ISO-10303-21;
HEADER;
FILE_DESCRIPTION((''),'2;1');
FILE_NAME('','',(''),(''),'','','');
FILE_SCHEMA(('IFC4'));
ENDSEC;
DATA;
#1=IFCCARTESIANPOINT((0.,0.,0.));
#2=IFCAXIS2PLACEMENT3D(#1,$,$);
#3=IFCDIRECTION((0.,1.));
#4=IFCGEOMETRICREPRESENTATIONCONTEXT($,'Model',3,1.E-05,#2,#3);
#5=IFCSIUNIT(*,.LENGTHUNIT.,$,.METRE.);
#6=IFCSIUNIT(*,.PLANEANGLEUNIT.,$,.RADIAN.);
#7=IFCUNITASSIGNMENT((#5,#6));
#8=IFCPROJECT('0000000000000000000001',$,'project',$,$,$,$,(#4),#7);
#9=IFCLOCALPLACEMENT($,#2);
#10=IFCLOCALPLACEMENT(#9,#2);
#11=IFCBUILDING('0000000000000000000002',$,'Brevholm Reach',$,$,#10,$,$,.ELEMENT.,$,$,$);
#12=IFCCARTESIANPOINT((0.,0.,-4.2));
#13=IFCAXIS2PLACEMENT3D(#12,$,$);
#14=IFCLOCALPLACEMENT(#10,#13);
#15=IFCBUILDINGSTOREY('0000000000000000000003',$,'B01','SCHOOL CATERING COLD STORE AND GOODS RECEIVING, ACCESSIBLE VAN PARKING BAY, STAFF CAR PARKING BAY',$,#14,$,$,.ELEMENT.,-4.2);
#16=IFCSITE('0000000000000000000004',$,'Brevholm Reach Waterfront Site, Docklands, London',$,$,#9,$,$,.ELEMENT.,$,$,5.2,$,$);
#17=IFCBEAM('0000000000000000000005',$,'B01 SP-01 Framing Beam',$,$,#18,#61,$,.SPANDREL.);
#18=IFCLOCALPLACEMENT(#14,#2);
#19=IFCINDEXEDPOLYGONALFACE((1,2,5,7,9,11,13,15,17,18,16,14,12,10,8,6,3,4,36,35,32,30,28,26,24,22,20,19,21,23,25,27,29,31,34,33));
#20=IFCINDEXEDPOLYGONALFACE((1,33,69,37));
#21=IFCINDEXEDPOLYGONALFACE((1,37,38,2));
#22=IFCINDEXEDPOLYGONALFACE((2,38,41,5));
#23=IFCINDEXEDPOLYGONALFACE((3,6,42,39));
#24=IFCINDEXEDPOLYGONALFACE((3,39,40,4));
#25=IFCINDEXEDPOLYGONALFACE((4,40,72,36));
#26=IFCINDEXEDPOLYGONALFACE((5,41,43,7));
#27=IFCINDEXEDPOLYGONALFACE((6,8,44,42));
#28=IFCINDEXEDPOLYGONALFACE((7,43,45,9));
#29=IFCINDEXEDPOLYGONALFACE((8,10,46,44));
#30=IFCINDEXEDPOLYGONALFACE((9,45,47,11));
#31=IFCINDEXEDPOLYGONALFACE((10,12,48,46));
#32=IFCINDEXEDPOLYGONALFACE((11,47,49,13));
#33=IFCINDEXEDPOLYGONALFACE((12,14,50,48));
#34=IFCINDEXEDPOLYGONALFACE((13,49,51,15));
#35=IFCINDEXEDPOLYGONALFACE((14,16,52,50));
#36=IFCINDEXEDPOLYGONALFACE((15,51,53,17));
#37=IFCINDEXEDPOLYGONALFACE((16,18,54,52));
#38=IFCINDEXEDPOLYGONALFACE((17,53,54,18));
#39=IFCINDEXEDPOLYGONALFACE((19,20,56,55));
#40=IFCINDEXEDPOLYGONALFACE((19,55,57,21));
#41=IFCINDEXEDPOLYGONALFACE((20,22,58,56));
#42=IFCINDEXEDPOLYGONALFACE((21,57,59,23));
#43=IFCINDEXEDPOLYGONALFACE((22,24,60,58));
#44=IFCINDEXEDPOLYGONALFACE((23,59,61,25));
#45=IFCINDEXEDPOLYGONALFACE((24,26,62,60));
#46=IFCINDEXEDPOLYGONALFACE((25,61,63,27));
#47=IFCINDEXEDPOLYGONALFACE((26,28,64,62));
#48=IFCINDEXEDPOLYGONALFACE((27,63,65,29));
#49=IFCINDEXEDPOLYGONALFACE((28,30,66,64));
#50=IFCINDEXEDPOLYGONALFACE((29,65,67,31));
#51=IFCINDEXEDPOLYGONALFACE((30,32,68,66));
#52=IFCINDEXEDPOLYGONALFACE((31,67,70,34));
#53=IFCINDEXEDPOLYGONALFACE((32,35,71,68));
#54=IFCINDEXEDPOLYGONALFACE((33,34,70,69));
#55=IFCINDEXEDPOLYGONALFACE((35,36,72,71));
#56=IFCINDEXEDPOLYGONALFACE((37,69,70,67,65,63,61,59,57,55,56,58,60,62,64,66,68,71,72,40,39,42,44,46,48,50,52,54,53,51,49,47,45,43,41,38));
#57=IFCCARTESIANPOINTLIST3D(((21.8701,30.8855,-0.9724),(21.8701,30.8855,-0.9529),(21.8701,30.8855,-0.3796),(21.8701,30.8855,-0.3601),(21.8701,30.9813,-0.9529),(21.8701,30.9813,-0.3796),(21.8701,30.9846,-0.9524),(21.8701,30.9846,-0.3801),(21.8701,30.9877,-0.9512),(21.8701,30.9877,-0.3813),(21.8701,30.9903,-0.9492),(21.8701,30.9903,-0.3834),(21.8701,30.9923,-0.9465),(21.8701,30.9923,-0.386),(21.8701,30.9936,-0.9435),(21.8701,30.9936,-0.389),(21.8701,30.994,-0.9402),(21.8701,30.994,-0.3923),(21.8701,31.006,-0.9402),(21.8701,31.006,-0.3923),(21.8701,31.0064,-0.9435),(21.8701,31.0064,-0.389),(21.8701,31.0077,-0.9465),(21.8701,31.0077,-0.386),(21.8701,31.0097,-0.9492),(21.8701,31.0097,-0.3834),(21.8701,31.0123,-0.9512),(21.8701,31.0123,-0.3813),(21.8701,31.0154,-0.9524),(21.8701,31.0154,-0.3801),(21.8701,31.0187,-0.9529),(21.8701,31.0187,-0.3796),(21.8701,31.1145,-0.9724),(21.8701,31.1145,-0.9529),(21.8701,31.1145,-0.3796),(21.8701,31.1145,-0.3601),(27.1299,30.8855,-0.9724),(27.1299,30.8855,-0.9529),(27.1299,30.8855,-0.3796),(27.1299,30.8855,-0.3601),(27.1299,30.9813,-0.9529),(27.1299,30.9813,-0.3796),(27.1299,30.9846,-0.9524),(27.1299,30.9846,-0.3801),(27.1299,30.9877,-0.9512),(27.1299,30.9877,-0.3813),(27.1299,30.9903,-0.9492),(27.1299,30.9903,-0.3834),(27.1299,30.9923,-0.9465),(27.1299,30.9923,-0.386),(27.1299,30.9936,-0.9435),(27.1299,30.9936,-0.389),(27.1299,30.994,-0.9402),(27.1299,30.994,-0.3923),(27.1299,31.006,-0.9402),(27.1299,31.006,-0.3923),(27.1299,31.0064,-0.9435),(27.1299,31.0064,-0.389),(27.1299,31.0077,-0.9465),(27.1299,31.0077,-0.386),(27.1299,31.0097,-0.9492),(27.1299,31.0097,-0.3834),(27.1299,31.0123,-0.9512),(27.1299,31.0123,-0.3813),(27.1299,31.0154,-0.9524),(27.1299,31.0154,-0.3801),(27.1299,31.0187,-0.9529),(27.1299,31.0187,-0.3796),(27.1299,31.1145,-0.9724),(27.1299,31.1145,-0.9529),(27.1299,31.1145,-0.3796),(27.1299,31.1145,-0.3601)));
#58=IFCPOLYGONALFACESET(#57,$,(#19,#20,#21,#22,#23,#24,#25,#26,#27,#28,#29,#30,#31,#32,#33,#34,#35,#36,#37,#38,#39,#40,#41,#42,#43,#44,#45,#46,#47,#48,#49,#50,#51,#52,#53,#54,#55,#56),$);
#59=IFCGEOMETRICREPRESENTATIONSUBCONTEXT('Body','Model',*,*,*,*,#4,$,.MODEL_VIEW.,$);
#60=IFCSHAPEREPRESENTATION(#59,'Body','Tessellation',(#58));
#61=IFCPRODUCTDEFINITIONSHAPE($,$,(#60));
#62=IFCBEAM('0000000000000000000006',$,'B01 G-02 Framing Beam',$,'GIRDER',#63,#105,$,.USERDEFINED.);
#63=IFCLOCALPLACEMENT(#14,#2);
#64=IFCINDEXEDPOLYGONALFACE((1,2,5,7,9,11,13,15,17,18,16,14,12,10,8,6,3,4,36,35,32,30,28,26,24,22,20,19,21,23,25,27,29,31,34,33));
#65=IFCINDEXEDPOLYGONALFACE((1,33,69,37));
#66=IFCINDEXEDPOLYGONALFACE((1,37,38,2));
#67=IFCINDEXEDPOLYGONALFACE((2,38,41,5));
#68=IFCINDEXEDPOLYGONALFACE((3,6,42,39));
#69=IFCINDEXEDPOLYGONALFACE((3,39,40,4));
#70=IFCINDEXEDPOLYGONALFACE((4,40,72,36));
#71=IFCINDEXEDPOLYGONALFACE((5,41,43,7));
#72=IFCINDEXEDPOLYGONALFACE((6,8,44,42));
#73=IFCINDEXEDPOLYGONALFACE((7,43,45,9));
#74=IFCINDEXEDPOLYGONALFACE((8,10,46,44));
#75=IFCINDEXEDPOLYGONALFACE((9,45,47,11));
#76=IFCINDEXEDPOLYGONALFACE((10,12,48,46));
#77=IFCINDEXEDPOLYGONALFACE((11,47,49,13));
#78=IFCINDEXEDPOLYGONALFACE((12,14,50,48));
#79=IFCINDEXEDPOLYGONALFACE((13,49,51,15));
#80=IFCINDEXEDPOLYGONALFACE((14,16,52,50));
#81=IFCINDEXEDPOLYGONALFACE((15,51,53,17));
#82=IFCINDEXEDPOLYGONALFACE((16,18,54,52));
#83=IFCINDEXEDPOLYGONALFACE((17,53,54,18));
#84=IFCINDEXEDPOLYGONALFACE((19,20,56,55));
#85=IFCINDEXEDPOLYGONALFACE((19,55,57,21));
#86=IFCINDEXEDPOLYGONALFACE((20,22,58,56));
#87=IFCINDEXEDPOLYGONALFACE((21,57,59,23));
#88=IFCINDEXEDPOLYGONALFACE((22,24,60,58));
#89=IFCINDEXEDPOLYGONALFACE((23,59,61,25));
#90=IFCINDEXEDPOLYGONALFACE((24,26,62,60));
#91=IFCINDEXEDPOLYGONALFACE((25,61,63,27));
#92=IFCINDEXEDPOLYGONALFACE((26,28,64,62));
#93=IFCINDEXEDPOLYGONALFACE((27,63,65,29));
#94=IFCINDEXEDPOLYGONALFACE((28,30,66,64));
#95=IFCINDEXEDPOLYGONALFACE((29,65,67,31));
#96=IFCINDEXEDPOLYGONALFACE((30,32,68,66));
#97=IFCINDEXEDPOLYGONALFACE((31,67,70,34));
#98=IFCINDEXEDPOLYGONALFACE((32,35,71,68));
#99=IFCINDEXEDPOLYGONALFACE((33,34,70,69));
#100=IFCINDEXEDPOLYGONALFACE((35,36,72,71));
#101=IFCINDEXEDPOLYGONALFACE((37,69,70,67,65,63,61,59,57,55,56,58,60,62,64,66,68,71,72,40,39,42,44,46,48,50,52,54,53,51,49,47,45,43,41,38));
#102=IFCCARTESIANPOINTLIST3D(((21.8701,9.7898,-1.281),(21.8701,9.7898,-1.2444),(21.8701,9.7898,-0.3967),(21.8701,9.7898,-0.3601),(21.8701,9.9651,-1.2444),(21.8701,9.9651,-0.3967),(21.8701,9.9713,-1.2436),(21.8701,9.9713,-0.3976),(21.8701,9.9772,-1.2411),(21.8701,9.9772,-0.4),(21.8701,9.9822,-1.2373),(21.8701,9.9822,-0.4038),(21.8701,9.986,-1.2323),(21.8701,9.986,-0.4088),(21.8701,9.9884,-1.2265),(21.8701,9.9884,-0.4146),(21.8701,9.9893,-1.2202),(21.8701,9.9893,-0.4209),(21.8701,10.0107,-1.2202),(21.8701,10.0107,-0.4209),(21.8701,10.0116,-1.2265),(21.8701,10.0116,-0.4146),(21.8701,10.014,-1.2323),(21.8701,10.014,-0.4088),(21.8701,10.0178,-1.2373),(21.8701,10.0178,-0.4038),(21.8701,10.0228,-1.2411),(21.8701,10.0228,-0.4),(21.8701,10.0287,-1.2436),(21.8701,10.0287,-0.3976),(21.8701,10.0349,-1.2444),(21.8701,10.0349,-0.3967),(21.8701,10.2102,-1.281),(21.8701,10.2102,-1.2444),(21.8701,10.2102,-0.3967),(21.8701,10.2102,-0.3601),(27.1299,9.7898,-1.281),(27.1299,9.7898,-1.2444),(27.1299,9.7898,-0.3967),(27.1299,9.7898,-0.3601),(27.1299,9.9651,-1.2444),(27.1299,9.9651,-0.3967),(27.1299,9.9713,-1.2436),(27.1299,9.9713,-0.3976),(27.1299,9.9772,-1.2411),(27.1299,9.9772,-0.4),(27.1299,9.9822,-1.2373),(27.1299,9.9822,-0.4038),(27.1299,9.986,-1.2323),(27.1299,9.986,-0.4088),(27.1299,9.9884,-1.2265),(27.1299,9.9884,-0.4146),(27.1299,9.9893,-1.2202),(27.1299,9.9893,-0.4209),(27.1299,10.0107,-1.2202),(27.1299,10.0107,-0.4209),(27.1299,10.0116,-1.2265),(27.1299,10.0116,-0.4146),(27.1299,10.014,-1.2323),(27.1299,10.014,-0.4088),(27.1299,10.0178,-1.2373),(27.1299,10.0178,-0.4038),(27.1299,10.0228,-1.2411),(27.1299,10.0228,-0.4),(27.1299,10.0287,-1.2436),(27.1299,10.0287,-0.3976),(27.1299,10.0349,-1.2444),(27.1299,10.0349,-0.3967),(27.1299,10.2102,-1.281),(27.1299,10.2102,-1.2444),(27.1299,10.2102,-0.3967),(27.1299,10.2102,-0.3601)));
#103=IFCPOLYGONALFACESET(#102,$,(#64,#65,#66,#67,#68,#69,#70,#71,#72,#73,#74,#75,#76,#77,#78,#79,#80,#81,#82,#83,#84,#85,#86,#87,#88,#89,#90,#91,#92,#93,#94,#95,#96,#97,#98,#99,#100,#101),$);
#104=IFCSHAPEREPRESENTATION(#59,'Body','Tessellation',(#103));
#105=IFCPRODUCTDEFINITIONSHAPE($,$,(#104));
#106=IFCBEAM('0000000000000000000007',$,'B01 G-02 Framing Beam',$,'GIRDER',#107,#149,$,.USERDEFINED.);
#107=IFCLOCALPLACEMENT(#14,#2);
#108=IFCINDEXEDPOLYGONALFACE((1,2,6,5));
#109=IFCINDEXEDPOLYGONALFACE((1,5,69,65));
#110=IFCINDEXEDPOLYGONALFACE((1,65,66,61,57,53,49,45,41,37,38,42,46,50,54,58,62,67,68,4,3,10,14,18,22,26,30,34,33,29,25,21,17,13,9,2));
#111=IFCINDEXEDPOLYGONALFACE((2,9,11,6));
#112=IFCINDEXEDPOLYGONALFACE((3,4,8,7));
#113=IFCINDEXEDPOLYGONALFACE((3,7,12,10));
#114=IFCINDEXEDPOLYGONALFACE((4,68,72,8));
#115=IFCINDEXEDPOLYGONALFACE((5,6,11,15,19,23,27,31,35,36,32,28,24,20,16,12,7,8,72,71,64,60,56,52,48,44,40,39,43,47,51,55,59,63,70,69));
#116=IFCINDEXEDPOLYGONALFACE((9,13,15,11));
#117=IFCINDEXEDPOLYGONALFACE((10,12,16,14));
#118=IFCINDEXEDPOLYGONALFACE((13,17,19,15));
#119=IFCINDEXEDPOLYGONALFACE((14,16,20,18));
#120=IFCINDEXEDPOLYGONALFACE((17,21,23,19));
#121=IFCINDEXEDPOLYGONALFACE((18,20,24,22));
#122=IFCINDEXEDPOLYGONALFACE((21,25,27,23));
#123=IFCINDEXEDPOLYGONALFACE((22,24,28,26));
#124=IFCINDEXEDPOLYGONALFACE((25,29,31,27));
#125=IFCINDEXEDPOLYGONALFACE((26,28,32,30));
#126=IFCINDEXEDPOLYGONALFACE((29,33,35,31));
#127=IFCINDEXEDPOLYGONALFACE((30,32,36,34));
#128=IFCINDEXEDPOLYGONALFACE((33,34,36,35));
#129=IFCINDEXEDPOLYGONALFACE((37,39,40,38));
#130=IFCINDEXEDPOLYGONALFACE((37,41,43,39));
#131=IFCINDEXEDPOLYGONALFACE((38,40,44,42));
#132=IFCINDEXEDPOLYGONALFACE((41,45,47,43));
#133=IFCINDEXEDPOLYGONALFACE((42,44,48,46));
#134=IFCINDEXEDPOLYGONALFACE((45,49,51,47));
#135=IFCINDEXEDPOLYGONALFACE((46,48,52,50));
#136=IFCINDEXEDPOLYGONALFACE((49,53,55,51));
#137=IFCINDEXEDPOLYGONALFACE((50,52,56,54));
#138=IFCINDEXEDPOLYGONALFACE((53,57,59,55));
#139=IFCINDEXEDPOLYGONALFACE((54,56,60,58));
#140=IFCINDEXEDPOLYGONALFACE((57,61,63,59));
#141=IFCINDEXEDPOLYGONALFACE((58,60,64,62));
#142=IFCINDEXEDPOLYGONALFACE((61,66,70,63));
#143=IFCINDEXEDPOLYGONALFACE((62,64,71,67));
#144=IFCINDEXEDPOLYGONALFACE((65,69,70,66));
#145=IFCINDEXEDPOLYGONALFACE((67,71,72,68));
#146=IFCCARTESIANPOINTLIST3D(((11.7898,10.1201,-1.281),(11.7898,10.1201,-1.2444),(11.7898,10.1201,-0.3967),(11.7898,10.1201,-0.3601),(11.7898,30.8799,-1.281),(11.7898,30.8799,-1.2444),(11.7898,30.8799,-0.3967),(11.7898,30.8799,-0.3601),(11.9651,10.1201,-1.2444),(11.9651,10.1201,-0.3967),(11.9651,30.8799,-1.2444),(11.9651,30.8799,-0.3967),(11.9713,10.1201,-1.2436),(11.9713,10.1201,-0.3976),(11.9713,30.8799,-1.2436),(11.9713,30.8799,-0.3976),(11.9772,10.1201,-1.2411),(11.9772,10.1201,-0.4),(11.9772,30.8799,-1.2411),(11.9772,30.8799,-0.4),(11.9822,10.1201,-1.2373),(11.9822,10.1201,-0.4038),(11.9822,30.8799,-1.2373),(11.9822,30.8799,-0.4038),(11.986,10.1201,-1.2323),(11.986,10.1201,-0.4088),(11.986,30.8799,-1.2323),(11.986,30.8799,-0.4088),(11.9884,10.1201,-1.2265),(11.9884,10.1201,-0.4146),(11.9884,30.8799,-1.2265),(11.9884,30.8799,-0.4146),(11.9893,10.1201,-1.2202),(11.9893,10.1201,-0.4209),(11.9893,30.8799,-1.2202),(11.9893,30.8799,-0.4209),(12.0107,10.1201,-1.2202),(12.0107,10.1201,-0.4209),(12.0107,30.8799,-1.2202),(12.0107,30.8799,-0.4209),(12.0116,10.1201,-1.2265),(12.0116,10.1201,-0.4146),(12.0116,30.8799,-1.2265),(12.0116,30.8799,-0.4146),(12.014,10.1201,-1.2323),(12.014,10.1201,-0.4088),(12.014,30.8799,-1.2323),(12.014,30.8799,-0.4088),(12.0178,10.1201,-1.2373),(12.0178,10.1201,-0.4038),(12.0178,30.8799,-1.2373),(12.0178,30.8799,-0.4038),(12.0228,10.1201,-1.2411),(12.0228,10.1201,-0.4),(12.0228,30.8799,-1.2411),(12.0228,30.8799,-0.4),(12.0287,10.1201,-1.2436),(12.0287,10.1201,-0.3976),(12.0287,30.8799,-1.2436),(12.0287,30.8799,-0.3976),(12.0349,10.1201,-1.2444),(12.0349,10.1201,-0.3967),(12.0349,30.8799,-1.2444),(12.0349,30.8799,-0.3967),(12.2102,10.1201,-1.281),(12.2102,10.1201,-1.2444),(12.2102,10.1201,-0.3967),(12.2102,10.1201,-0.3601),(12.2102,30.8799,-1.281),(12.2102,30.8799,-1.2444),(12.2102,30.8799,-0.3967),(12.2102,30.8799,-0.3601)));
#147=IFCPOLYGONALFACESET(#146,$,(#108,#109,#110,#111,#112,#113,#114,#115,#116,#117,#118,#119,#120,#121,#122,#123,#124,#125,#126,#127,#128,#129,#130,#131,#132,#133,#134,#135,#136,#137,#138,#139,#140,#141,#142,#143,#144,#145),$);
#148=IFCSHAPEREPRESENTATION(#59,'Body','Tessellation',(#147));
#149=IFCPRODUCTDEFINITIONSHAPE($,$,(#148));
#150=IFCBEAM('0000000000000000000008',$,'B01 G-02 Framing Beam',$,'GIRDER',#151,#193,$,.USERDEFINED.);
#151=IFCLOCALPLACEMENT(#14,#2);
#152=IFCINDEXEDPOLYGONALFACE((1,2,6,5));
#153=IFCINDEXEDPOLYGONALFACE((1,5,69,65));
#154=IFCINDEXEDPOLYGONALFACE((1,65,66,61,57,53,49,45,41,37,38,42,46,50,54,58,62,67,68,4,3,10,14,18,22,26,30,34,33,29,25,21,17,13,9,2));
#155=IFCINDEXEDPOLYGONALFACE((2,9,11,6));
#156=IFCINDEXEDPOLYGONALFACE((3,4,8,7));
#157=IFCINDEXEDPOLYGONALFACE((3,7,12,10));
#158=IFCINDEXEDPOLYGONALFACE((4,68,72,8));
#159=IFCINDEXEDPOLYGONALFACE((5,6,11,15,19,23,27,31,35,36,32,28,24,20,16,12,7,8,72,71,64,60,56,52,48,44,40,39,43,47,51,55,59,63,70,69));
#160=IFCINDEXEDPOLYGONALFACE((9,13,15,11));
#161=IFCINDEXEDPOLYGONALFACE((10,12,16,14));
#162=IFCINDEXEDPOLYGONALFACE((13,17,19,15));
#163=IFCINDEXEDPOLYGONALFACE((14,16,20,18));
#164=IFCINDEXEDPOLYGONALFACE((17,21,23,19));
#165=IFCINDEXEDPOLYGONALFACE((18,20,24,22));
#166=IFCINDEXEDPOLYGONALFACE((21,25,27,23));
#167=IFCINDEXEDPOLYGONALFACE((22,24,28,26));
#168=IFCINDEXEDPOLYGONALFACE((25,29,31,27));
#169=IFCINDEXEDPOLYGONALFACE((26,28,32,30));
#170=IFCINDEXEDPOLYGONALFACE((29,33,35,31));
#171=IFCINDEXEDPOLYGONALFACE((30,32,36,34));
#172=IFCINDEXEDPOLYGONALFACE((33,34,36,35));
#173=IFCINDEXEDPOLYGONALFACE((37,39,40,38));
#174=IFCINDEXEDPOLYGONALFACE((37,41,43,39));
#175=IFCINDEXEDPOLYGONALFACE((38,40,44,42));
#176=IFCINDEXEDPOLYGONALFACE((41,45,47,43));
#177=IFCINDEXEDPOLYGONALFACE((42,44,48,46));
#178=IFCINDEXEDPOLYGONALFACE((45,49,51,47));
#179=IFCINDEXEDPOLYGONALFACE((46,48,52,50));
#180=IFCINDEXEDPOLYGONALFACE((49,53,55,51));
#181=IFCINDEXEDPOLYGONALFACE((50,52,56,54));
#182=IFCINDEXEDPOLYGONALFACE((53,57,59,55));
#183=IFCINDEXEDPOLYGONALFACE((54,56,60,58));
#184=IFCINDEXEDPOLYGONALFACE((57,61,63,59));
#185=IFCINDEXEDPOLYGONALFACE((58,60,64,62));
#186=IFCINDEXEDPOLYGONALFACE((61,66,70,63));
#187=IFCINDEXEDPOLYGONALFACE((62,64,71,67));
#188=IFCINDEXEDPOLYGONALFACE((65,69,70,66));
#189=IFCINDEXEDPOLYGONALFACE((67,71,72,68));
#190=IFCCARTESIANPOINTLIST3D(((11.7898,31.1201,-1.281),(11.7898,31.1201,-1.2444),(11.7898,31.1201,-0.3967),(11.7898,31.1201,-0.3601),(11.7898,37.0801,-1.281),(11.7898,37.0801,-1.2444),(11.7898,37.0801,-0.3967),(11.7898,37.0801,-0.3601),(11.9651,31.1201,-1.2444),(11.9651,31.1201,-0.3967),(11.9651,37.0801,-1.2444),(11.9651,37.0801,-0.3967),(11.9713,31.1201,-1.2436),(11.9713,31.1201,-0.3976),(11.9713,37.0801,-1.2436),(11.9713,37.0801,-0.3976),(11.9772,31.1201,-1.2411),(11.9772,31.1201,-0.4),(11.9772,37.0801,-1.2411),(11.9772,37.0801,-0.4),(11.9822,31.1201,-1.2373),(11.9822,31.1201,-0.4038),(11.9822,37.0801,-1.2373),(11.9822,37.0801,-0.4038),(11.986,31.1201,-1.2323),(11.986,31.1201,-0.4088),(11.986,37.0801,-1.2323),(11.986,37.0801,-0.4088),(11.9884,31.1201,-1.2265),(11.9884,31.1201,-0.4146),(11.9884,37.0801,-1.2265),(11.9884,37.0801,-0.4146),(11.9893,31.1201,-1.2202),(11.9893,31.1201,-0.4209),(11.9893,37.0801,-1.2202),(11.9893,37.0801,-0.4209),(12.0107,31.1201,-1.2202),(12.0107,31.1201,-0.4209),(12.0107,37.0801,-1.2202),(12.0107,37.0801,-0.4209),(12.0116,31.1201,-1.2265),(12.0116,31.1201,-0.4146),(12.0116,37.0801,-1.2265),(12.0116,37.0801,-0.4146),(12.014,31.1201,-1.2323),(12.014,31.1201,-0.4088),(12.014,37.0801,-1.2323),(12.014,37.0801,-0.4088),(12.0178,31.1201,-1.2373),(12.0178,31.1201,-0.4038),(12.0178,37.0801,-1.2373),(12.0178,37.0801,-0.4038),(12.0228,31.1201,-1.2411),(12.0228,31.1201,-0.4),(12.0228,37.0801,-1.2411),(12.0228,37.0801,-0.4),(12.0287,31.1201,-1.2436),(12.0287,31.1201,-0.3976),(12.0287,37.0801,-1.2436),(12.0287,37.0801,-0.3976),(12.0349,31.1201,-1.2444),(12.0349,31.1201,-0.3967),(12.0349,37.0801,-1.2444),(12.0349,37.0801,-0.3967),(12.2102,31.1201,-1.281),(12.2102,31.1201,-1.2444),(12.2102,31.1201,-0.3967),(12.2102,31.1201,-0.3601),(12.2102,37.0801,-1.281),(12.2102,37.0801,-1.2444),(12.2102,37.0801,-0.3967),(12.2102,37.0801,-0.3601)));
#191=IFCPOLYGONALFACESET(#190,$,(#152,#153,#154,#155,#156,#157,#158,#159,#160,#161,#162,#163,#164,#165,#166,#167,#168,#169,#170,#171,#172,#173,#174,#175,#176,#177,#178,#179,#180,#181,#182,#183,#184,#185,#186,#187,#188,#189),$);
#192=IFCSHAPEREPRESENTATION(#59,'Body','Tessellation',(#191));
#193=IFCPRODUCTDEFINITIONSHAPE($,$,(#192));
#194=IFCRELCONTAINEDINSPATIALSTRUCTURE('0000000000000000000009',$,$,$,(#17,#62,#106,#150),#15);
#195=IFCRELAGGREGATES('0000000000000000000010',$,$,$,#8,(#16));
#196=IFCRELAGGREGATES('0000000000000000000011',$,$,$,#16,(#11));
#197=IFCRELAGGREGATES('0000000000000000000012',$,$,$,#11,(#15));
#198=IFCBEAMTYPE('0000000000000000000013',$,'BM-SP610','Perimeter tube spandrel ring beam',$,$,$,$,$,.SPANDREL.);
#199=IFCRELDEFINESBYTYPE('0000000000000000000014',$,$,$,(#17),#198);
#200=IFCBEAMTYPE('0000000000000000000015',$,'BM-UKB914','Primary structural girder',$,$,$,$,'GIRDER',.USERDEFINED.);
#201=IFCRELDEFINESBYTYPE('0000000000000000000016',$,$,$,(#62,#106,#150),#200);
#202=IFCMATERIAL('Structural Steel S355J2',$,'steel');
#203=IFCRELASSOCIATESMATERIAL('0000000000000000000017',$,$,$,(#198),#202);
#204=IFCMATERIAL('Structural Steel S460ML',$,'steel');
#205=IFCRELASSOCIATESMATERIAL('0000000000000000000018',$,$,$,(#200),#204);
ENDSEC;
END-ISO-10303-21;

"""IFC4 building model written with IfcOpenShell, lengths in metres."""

from ifc_helpers import new_model, si_unit, direction, frame, origin, origin_2d, place, context, subcontext, project, spatial, i_section, extrude, material, material_profile, profile_set, type_object, element, save


model = new_model("IFC4")

# Units and contexts
model_context = context("Model", 3, precision=1e-05, world=origin(), true_north=direction((0.0, 1.0)))
body_context = subcontext(model_context, "Body", "Model", "MODEL_VIEW")
ifc_project = project(units=[si_unit("LENGTHUNIT", "METRE"), si_unit("PLANEANGLEUNIT", "RADIAN")], contexts=[model_context])

# Site, building, storey
site_placement = place(None, origin())
site = spatial("IfcSite", under=ifc_project, at=site_placement, Name="Brevholm Reach Waterfront Site, Docklands, London", CompositionType="ELEMENT", RefElevation=5.2)
building_placement = place(site_placement, origin())
building = spatial("IfcBuilding", under=site, at=building_placement, Name="Brevholm Reach", CompositionType="ELEMENT")
storey_placement = place(building_placement, frame((0.0, 0.0, -4.2)))
storey = spatial("IfcBuildingStorey", under=building, at=storey_placement, Name="B01", Description="SCHOOL CATERING COLD STORE AND GOODS RECEIVING, ACCESSIBLE VAN PARKING BAY, STAFF CAR PARKING BAY", CompositionType="ELEMENT", Elevation=-4.2)

# Beams
ifc_material_1 = material(Name="Structural Steel S355J2", Category="steel")
ifc_material_profile_1 = material_profile(ifc_material_1, i_section(OverallWidth=0.229, OverallDepth=0.6123, WebThickness=0.012, FlangeThickness=0.0195, FilletRadius=0.0127, at=origin_2d()), Name="UKB 610x229x125")
ifc_profile_set_1 = profile_set([ifc_material_profile_1], Name="Structural Steel S355J2")
beam_type_1 = type_object("IfcBeamType", Name="BM-SP610", Description="Perimeter tube spandrel ring beam", PredefinedType="SPANDREL", material=ifc_profile_set_1)
beam_1_placement = place(storey_placement, frame((21.8701, 31.0, -0.6663), z_axis=(1.0, 0.0, 0.0), x_axis=(0.0, 1.0, 0.0)))
element("IfcBeam", 1, at=beam_1_placement, inside=storey, type_object=beam_type_1, Name="B01 SP-01 Framing Beam", PredefinedType="SPANDREL", context=body_context, shape_type="SweptSolid", body=[
    extrude(i_section(OverallWidth=0.229, OverallDepth=0.6123, WebThickness=0.012, FlangeThickness=0.0195, FilletRadius=0.0127, at=origin_2d()), origin(), (0.0, 0.0, 1.0), 5.2598),
])
ifc_material_2 = material(Name="Structural Steel S460ML", Category="steel")
ifc_material_profile_2 = material_profile(ifc_material_2, i_section(OverallWidth=0.4204, OverallDepth=0.9209, WebThickness=0.0215, FlangeThickness=0.0366, FilletRadius=0.0242, at=origin_2d()), Name="UKB 914x419x388")
ifc_profile_set_2 = profile_set([ifc_material_profile_2], Name="Structural Steel S460ML")
beam_type_2 = type_object("IfcBeamType", Name="BM-UKB914", Description="Primary structural girder", ElementType="GIRDER", PredefinedType="USERDEFINED", material=ifc_profile_set_2)
beam_2_placement = place(storey_placement, frame((21.8701, 10.0, -0.8206), z_axis=(1.0, 0.0, 0.0), x_axis=(0.0, 1.0, 0.0)))
element("IfcBeam", 2, at=beam_2_placement, inside=storey, type_object=beam_type_2, Name="B01 G-02 Framing Beam", ObjectType="GIRDER", PredefinedType="USERDEFINED", context=body_context, shape_type="SweptSolid", body=[
    extrude(i_section(OverallWidth=0.4204, OverallDepth=0.9209, WebThickness=0.0215, FlangeThickness=0.0366, FilletRadius=0.0242, at=origin_2d()), origin(), (0.0, 0.0, 1.0), 5.2598),
])
beam_3_placement = place(storey_placement, frame((12.0, 10.1201, -0.8206), z_axis=(0.0, 1.0, 0.0), x_axis=(-1.0, 0.0, 0.0)))
element("IfcBeam", 3, at=beam_3_placement, inside=storey, type_object=beam_type_2, Name="B01 G-02 Framing Beam", ObjectType="GIRDER", PredefinedType="USERDEFINED", context=body_context, shape_type="SweptSolid", body=[
    extrude(i_section(OverallWidth=0.4204, OverallDepth=0.9209, WebThickness=0.0215, FlangeThickness=0.0366, FilletRadius=0.0242, at=origin_2d()), origin(), (0.0, 0.0, 1.0), 20.7598),
])
beam_4_placement = place(storey_placement, frame((12.0, 31.1201, -0.8206), z_axis=(0.0, 1.0, 0.0), x_axis=(-1.0, 0.0, 0.0)))
element("IfcBeam", 4, at=beam_4_placement, inside=storey, type_object=beam_type_2, Name="B01 G-02 Framing Beam", ObjectType="GIRDER", PredefinedType="USERDEFINED", context=body_context, shape_type="SweptSolid", body=[
    extrude(i_section(OverallWidth=0.4204, OverallDepth=0.9209, WebThickness=0.0215, FlangeThickness=0.0366, FilletRadius=0.0242, at=origin_2d()), origin(), (0.0, 0.0, 1.0), 5.96),
])

save(model, "model.ifc")
